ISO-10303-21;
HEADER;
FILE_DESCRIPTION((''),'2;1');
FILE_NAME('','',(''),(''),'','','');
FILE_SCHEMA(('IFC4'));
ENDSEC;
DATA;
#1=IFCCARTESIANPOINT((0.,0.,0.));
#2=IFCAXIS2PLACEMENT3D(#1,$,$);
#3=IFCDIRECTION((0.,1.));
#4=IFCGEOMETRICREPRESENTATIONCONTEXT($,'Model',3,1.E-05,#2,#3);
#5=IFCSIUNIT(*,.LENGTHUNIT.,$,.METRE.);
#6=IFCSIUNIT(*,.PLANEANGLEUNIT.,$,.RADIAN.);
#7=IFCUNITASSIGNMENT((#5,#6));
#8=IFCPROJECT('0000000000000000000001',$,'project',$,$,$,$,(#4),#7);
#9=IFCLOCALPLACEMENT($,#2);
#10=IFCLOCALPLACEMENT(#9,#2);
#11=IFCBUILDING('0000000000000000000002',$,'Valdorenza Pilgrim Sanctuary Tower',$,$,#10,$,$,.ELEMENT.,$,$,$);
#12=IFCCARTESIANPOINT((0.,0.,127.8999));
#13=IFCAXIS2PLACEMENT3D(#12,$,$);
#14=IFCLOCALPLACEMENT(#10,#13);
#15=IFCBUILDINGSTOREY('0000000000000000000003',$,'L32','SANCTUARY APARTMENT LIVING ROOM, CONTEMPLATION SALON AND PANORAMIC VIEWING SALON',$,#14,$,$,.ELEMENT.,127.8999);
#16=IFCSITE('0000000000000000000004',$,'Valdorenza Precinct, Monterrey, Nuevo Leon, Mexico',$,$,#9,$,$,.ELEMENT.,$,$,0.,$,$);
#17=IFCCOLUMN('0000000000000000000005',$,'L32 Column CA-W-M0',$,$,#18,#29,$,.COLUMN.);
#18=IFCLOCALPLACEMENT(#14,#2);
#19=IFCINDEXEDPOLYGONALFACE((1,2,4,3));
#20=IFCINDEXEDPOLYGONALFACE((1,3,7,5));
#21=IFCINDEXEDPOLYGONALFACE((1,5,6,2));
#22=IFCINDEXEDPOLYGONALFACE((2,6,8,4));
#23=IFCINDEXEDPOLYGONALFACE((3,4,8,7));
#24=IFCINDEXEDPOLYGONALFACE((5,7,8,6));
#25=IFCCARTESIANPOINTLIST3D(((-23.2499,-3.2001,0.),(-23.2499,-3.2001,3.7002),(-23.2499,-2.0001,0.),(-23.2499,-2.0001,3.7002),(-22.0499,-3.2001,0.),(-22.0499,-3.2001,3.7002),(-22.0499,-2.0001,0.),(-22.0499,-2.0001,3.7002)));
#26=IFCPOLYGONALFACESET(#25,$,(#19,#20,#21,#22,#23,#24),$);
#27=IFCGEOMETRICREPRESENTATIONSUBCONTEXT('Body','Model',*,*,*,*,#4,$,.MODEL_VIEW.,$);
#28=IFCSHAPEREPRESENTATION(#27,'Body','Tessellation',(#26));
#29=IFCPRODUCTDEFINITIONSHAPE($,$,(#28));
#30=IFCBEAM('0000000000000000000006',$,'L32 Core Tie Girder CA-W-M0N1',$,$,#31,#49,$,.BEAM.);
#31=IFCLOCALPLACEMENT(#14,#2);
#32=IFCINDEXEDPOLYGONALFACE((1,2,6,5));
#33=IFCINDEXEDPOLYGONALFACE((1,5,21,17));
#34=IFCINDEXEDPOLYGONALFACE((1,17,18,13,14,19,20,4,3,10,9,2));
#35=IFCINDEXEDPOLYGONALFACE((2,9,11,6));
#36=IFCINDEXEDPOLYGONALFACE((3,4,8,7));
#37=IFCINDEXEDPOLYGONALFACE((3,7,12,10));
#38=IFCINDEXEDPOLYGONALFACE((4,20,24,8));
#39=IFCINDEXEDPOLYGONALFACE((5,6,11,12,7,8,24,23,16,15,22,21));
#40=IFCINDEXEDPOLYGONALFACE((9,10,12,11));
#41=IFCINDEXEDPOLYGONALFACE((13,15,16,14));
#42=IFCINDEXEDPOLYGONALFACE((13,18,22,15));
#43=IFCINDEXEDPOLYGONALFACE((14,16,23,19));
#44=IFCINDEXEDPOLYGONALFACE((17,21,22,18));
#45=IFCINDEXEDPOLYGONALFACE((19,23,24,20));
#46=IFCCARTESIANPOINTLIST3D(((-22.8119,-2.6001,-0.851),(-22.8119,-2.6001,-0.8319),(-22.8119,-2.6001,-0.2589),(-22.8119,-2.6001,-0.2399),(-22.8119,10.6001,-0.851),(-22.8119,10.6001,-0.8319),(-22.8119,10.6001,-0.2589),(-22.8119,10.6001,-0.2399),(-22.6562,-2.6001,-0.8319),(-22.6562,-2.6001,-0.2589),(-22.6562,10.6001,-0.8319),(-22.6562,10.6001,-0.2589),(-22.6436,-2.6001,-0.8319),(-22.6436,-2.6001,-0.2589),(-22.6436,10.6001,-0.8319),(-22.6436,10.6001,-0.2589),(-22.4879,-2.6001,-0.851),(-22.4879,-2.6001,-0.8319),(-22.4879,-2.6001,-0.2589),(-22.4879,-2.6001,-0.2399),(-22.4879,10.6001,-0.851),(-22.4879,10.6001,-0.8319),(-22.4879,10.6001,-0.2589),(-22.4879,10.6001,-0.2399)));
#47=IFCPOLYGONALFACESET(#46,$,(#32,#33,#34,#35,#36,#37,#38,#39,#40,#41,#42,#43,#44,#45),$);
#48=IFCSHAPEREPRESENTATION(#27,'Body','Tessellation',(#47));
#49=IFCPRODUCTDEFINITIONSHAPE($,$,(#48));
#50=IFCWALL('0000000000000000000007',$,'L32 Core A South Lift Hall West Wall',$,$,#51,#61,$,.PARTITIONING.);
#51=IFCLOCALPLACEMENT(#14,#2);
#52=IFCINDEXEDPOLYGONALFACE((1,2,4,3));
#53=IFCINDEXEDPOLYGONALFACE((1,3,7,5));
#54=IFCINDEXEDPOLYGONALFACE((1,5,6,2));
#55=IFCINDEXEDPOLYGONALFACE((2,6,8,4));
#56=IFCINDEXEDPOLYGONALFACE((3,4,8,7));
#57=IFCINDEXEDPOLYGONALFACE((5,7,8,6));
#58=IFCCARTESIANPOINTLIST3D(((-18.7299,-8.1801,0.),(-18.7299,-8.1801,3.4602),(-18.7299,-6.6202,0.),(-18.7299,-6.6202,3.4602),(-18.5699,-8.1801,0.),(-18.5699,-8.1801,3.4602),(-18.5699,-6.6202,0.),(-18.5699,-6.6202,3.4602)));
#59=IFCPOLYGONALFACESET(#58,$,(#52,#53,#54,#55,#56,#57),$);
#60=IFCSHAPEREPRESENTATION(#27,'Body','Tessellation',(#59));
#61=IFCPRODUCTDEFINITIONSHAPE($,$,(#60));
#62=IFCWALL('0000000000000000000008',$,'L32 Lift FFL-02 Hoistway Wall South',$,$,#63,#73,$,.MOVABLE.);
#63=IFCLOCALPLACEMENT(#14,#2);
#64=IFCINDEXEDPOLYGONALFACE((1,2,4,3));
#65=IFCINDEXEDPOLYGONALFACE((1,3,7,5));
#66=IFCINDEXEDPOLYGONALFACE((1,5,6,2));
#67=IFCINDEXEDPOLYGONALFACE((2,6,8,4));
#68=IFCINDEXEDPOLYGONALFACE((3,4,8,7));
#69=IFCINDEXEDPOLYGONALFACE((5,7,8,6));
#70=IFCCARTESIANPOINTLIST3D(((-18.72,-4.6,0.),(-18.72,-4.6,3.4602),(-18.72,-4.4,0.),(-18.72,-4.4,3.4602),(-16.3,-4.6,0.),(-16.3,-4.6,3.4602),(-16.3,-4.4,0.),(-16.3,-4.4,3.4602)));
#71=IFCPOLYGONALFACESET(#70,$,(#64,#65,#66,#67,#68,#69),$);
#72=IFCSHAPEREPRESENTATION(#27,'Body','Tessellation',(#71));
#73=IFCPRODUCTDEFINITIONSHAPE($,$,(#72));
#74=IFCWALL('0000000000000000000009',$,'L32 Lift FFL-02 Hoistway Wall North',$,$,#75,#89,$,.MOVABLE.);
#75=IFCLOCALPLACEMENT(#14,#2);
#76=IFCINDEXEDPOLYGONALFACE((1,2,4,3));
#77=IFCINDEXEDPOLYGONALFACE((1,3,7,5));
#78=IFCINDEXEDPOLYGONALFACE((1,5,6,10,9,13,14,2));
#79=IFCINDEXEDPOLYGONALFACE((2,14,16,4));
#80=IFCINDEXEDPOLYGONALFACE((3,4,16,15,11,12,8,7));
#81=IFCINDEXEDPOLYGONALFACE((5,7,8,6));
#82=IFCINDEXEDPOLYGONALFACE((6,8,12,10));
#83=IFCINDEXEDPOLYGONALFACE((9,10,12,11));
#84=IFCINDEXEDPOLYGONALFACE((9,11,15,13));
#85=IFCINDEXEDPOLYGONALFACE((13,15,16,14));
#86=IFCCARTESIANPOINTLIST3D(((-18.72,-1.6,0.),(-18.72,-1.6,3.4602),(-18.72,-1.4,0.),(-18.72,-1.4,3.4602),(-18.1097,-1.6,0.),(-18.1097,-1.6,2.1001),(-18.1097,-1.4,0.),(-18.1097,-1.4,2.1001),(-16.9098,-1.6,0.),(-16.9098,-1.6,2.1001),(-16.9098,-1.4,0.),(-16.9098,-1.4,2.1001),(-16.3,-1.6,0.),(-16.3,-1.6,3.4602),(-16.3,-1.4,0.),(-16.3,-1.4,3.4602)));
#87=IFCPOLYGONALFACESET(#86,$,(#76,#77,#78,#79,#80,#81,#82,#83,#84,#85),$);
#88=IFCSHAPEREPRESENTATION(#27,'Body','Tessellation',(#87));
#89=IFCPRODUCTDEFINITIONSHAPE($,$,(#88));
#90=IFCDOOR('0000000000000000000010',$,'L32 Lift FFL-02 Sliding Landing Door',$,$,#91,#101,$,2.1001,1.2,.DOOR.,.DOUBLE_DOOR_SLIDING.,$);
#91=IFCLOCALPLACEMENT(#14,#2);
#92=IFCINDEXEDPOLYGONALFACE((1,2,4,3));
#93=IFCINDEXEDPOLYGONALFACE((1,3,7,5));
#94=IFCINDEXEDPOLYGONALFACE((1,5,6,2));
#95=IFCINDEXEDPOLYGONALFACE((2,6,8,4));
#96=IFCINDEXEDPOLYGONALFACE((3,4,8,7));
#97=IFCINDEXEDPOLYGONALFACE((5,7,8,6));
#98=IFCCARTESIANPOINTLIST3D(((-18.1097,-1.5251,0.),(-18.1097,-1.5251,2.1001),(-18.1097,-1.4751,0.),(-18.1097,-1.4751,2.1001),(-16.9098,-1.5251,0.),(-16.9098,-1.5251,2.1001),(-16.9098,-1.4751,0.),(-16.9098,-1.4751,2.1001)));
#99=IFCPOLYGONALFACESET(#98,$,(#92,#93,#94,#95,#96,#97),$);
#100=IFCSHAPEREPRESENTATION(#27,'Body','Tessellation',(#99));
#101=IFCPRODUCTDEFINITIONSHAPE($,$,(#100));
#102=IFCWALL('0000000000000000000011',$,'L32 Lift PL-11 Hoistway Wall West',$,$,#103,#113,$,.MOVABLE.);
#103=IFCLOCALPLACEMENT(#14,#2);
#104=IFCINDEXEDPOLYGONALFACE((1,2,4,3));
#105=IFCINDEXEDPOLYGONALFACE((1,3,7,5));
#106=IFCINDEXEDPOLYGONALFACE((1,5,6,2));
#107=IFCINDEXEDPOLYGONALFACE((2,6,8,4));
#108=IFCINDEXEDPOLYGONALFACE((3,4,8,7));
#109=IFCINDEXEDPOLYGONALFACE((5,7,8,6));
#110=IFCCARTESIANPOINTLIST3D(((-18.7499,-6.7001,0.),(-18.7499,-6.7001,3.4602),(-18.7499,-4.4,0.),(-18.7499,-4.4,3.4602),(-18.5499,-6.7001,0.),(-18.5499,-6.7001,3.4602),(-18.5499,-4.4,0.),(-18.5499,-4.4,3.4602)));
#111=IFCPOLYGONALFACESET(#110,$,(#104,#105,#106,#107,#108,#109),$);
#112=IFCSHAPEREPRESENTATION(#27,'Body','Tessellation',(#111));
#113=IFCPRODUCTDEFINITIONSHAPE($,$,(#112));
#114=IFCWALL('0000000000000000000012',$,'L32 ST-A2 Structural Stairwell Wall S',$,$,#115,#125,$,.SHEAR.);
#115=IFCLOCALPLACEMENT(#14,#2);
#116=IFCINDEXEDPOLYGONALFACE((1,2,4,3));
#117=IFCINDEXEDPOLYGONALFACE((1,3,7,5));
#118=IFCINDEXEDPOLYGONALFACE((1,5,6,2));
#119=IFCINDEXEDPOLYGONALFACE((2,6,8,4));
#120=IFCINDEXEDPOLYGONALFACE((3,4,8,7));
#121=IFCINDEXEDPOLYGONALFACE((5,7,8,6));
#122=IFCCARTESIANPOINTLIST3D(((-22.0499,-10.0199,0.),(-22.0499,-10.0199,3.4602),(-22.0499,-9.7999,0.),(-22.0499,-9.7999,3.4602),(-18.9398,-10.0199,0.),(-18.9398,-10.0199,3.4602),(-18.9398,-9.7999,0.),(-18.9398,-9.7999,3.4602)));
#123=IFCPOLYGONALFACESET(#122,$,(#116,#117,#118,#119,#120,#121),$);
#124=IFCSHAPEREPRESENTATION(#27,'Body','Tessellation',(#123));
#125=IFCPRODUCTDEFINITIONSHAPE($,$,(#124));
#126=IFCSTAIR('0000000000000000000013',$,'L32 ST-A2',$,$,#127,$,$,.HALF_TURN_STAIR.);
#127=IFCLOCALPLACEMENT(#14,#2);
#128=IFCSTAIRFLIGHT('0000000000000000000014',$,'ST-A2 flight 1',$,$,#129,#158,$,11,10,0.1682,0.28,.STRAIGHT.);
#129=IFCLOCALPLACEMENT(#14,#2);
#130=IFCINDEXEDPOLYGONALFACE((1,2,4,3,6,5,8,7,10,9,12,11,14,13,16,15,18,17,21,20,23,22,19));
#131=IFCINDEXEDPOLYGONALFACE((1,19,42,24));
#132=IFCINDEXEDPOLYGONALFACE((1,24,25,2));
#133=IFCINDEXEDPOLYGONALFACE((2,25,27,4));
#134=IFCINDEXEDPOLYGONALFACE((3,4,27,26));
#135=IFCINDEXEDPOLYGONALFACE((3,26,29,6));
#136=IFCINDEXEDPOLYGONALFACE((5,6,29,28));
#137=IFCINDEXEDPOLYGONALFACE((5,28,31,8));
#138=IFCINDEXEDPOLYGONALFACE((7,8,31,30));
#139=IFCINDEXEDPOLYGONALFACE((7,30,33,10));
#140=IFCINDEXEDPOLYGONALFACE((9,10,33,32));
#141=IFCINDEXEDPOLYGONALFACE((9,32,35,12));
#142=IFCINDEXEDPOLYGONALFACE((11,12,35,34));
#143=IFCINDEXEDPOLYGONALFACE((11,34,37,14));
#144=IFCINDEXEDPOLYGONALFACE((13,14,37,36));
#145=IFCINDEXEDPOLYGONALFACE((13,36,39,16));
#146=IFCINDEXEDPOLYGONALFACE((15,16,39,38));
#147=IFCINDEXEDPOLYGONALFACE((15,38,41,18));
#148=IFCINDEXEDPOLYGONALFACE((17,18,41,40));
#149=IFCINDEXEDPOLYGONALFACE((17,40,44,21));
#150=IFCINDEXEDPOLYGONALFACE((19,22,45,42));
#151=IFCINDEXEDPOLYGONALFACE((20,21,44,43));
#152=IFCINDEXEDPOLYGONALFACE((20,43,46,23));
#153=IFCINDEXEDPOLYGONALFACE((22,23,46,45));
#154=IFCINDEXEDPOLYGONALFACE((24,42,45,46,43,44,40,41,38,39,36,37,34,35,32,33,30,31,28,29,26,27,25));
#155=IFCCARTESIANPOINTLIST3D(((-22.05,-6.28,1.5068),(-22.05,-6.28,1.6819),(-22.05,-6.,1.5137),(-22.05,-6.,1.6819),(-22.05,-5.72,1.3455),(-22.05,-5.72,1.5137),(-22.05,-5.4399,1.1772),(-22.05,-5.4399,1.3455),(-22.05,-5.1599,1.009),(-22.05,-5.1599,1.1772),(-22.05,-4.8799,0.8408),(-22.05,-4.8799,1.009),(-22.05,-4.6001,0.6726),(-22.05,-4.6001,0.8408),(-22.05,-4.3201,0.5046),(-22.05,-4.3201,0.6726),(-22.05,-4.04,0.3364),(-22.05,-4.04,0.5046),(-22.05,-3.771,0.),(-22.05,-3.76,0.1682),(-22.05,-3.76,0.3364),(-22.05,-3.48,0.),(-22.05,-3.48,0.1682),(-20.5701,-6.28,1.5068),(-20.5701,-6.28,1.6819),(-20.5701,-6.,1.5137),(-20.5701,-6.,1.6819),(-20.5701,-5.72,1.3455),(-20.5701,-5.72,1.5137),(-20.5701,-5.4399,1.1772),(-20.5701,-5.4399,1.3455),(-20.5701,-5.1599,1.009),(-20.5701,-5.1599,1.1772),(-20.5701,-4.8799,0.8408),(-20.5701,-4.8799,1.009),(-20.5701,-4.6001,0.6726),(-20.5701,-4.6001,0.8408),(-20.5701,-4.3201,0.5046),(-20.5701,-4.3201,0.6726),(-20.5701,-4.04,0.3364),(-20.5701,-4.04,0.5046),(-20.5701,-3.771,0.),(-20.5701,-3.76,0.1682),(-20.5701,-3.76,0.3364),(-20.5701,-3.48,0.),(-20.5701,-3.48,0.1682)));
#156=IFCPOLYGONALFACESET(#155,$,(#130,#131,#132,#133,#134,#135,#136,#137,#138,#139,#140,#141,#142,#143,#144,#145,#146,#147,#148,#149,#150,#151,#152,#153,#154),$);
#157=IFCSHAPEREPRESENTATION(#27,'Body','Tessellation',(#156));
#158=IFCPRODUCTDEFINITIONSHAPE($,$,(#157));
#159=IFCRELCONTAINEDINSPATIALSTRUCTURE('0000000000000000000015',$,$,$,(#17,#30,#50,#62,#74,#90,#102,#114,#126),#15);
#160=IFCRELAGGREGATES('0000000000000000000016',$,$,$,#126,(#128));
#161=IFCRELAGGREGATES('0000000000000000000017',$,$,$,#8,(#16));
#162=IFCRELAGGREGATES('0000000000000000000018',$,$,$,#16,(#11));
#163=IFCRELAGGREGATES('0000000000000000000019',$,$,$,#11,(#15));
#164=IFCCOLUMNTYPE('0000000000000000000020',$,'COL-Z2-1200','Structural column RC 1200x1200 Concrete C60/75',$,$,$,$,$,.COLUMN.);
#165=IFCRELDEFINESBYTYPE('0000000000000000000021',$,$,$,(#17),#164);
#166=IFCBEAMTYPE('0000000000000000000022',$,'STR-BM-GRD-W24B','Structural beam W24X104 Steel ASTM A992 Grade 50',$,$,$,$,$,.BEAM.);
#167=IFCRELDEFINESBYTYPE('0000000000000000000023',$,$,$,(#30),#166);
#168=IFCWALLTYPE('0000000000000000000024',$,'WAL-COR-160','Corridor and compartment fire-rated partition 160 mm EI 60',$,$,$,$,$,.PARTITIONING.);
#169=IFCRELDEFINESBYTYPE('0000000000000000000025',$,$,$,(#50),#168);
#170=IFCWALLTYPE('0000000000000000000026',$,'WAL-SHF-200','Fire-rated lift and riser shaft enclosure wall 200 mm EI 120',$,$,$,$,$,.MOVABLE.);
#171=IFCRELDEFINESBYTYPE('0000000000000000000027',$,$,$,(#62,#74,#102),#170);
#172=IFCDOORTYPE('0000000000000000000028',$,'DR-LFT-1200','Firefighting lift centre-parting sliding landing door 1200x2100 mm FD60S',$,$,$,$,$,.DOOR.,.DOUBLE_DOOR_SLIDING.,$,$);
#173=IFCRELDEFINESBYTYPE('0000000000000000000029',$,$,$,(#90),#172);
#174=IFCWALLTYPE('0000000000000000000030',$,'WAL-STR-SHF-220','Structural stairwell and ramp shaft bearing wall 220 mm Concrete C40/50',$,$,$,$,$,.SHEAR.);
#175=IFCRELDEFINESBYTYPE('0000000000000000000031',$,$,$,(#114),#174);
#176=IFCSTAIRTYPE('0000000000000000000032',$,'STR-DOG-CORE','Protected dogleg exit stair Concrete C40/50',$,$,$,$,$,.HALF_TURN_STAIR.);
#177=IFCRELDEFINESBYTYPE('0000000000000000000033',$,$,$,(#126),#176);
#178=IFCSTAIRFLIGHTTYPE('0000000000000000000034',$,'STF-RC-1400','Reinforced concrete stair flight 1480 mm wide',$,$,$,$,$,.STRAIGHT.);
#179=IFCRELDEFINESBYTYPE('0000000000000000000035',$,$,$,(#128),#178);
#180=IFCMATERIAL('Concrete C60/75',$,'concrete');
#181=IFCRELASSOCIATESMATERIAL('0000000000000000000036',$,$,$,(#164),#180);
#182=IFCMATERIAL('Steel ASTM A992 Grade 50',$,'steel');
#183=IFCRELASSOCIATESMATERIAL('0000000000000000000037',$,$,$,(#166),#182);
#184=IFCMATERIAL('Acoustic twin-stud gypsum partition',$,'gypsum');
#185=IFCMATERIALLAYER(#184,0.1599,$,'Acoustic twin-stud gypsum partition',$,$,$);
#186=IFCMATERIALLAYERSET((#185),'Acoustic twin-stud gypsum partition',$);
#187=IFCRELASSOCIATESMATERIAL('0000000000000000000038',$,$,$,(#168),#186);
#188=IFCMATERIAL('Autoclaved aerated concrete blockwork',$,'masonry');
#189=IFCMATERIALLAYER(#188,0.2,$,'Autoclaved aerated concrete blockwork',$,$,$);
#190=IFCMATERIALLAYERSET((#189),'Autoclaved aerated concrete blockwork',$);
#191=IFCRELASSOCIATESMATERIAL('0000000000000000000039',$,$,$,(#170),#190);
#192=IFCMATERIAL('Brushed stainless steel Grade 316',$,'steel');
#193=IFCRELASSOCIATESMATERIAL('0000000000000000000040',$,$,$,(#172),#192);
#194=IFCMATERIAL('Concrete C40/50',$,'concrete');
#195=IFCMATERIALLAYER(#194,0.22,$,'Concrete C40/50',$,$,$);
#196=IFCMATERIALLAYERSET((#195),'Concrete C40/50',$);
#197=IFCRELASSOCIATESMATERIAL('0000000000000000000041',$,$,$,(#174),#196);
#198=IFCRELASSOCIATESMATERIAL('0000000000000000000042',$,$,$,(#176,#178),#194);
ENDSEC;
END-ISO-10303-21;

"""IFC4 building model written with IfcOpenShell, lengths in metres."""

from ifc_helpers import new_model, si_unit, direction, frame, frame_2d, origin, origin_2d, place, context, subcontext, project, spatial, polyline, rectangle, i_section, outline, extrude, source, transform, mapped, material, layer, layer_set, material_profile, profile_set, type_object, element, fill, aggregate, save


model = new_model("IFC4")

# Units and contexts
model_context = context("Model", 3, precision=1e-05, world=origin(), true_north=direction((0.0, 1.0)))
body_context = subcontext(model_context, "Body", "Model", "MODEL_VIEW")
ifc_project = project(units=[si_unit("LENGTHUNIT", "METRE"), si_unit("PLANEANGLEUNIT", "RADIAN")], contexts=[model_context])

# Site, building, storey
site_placement = place(None, origin())
site = spatial("IfcSite", under=ifc_project, at=site_placement, Name="Valdorenza Precinct, Monterrey, Nuevo Leon, Mexico", CompositionType="ELEMENT", RefElevation=0.0)
building_placement = place(site_placement, origin())
building = spatial("IfcBuilding", under=site, at=building_placement, Name="Valdorenza Pilgrim Sanctuary Tower", CompositionType="ELEMENT")
storey_placement = place(building_placement, frame((0.0, 0.0, 127.8999)))
storey = spatial("IfcBuildingStorey", under=building, at=storey_placement, Name="L32", Description="SANCTUARY APARTMENT LIVING ROOM, CONTEMPLATION SALON AND PANORAMIC VIEWING SALON", CompositionType="ELEMENT", Elevation=127.8999)

# Column
ifc_material_1 = material(Name="Concrete C60/75", Category="concrete")
ifc_material_profile_1 = material_profile(ifc_material_1, rectangle(XDim=1.2, YDim=1.2, at=origin_2d()), Name="RC 1200x1200")
ifc_profile_set_1 = profile_set([ifc_material_profile_1], Name="Concrete C60/75")
column_type = type_object("IfcColumnType", Name="COL-Z2-1200", Description="Structural column RC 1200x1200 Concrete C60/75", PredefinedType="COLUMN", material=ifc_profile_set_1)
shared_shape_1 = source(origin(), body_context, "Body", "SweptSolid", [
    extrude(rectangle(XDim=1.2, YDim=1.2, at=origin_2d()), origin(), (0.0, 0.0, 1.0), 3.7002),
])
column_placement = place(storey_placement, frame((-22.6499, -2.6001, 0.0), z_axis=(0.0, 0.0, 1.0), x_axis=(1.0, 0.0, 0.0)))
element("IfcColumn", 1, at=column_placement, inside=storey, type_object=column_type, Name="L32 Column CA-W-M0", PredefinedType="COLUMN", context=body_context, shape_type="MappedRepresentation", body=[
    mapped(shared_shape_1, transform((0.0, 0.0, 0.0), x_axis=(1.0, 0.0, 0.0), y_axis=(0.0, 1.0, 0.0), z_axis=(0.0, 0.0, 1.0), scale=1.0)),
])

# Beam
ifc_material_2 = material(Name="Steel ASTM A992 Grade 50", Category="steel")
ifc_material_profile_2 = material_profile(ifc_material_2, i_section(OverallWidth=0.324, OverallDepth=0.6111, WebThickness=0.0127, FlangeThickness=0.019, at=origin_2d()), Name="W24X104")
ifc_profile_set_2 = profile_set([ifc_material_profile_2], Name="Steel ASTM A992 Grade 50")
beam_type = type_object("IfcBeamType", Name="STR-BM-GRD-W24B", Description="Structural beam W24X104 Steel ASTM A992 Grade 50", PredefinedType="BEAM", material=ifc_profile_set_2)
shared_shape_2 = source(origin(), body_context, "Body", "SweptSolid", [
    extrude(i_section(OverallWidth=0.324, OverallDepth=0.6111, WebThickness=0.0127, FlangeThickness=0.019, at=origin_2d()), origin(), (0.0, 0.0, 1.0), 13.2002),
])
beam_placement = place(storey_placement, frame((-22.6499, -2.6001, -0.5454), z_axis=(0.0, 1.0, 0.0), x_axis=(-1.0, 0.0, 0.0)))
element("IfcBeam", 2, at=beam_placement, inside=storey, type_object=beam_type, Name="L32 Core Tie Girder CA-W-M0N1", PredefinedType="BEAM", context=body_context, shape_type="MappedRepresentation", body=[
    mapped(shared_shape_2, transform((0.0, 0.0, 0.0), x_axis=(1.0, 0.0, 0.0), y_axis=(0.0, 1.0, 0.0), z_axis=(0.0, 0.0, 1.0), scale=1.0)),
])

# Walls
ifc_material_3 = material(Name="Acoustic twin-stud gypsum partition", Category="gypsum")
ifc_layer_1 = layer(ifc_material_3, 0.1599, Name="Acoustic twin-stud gypsum partition")
ifc_layer_set_1 = layer_set([ifc_layer_1], Name="Acoustic twin-stud gypsum partition")
wall_type_1 = type_object("IfcWallType", Name="WAL-COR-160", Description="Corridor and compartment fire-rated partition 160 mm EI 60", PredefinedType="PARTITIONING", material=ifc_layer_set_1)
wall_1_placement = place(storey_placement, frame((-18.6499, -8.1799, 0.0), z_axis=(0.0, 0.0, 1.0), x_axis=(0.0, 1.0, 0.0)))
element("IfcWall", 3, at=wall_1_placement, inside=storey, type_object=wall_type_1, Name="L32 Core A South Lift Hall West Wall", PredefinedType="PARTITIONING", context=body_context, shape_type="SweptSolid", body=[
    extrude(rectangle(XDim=1.5598, YDim=0.1599, at=frame_2d((0.7798, 0.0))), origin(), (0.0, 0.0, 1.0), 3.4602),
])
ifc_material_4 = material(Name="Autoclaved aerated concrete blockwork", Category="masonry")
ifc_layer_2 = layer(ifc_material_4, 0.2, Name="Autoclaved aerated concrete blockwork")
ifc_layer_set_2 = layer_set([ifc_layer_2], Name="Autoclaved aerated concrete blockwork")
wall_type_2 = type_object("IfcWallType", Name="WAL-SHF-200", Description="Fire-rated lift and riser shaft enclosure wall 200 mm EI 120", PredefinedType="MOVABLE", material=ifc_layer_set_2)
wall_2_placement = place(storey_placement, frame((-18.72, -4.5, 0.0), z_axis=(0.0, 0.0, 1.0), x_axis=(1.0, 0.0, 0.0)))
element("IfcWall", 4, at=wall_2_placement, inside=storey, type_object=wall_type_2, Name="L32 Lift FFL-02 Hoistway Wall South", PredefinedType="MOVABLE", context=body_context, shape_type="SweptSolid", body=[
    extrude(rectangle(XDim=2.4199, YDim=0.2, at=frame_2d((1.21, 0.0))), origin(), (0.0, 0.0, 1.0), 3.4602),
])

# Wall, opening, door
wall_3_placement = place(storey_placement, frame((-18.72, -1.5, 0.0), z_axis=(0.0, 0.0, 1.0), x_axis=(1.0, 0.0, 0.0)))
wall_3 = element("IfcWall", 5, at=wall_3_placement, inside=storey, type_object=wall_type_2, Name="L32 Lift FFL-02 Hoistway Wall North", PredefinedType="MOVABLE", context=body_context, shape_type="SweptSolid", body=[
    extrude(rectangle(XDim=2.4199, YDim=0.2, at=frame_2d((1.21, 0.0))), origin(), (0.0, 0.0, 1.0), 3.4602),
])
opening_1_placement = place(wall_3_placement, frame((0.6101, 0.0, 0.0)))
opening_1 = element("IfcOpeningElement", 6, at=opening_1_placement, cuts=wall_3, PredefinedType="OPENING", context=body_context, shape_type="SweptSolid", body=[
    extrude(rectangle(XDim=1.2, YDim=2.1001, at=frame_2d((0.6001, 1.05))), frame((0.0, 0.1147, 0.0), z_axis=(0.0, -1.0, 0.0), x_axis=(1.0, 0.0, 0.0)), (0.0, 0.0, 1.0), 0.2297),
])
ifc_material_5 = material(Name="Brushed stainless steel Grade 316", Category="steel")
door_type_1 = type_object("IfcDoorType", Name="DR-LFT-1200", Description="Firefighting lift centre-parting sliding landing door 1200x2100 mm FD60S", OperationType="DOUBLE_DOOR_SLIDING", PredefinedType="DOOR", material=ifc_material_5)
door_1_placement = place(opening_1_placement, origin())
door_1 = element("IfcDoor", 7, at=door_1_placement, inside=storey, type_object=door_type_1, Name="L32 Lift FFL-02 Sliding Landing Door", OperationType="DOUBLE_DOOR_SLIDING", OverallHeight=2.1001, OverallWidth=1.2, PredefinedType="DOOR", context=body_context, shape_type="SweptSolid", body=[
    extrude(rectangle(XDim=1.2, YDim=2.1001, at=frame_2d((0.6001, 1.05))), frame((0.0, 0.0249, 0.0), z_axis=(0.0, -1.0, 0.0), x_axis=(1.0, 0.0, 0.0)), (0.0, 0.0, 1.0), 0.05),
])
fill(opening_1, door_1)

# Walls
wall_4_placement = place(storey_placement, frame((-18.6499, -6.7, 0.0), z_axis=(0.0, 0.0, 1.0), x_axis=(0.0, 1.0, 0.0)))
element("IfcWall", 8, at=wall_4_placement, inside=storey, type_object=wall_type_2, Name="L32 Lift PL-11 Hoistway Wall West", PredefinedType="MOVABLE", context=body_context, shape_type="SweptSolid", body=[
    extrude(rectangle(XDim=2.3, YDim=0.2, at=frame_2d((1.1499, 0.0))), origin(), (0.0, 0.0, 1.0), 3.4602),
])
ifc_material_6 = material(Name="Concrete C40/50", Category="concrete")
ifc_layer_3 = layer(ifc_material_6, 0.22, Name="Concrete C40/50")
ifc_layer_set_3 = layer_set([ifc_layer_3], Name="Concrete C40/50")
wall_type_3 = type_object("IfcWallType", Name="WAL-STR-SHF-220", Description="Structural stairwell and ramp shaft bearing wall 220 mm Concrete C40/50", PredefinedType="SHEAR", material=ifc_layer_set_3)
wall_5_placement = place(storey_placement, frame((-22.05, -9.9099, 0.0), z_axis=(0.0, 0.0, 1.0), x_axis=(1.0, 0.0, 0.0)))
element("IfcWall", 9, at=wall_5_placement, inside=storey, type_object=wall_type_3, Name="L32 ST-A2 Structural Stairwell Wall S", PredefinedType="SHEAR", context=body_context, shape_type="SweptSolid", body=[
    extrude(rectangle(XDim=3.1101, YDim=0.22, at=frame_2d((1.5552, 0.0))), origin(), (0.0, 0.0, 1.0), 3.4602),
])

# Stair, stair flight
stair_type = type_object("IfcStairType", Name="STR-DOG-CORE", Description="Protected dogleg exit stair Concrete C40/50", PredefinedType="HALF_TURN_STAIR", material=ifc_material_6)
stair_placement = place(storey_placement, origin())
stair = element("IfcStair", 10, at=stair_placement, inside=storey, type_object=stair_type, Name="L32 ST-A2", PredefinedType="HALF_TURN_STAIR")
stair_flight_type = type_object("IfcStairFlightType", Name="STF-RC-1400", Description="Reinforced concrete stair flight 1480 mm wide", PredefinedType="STRAIGHT", material=ifc_material_6)
stair_flight_1_placement = place(storey_placement, frame((-21.3101, -3.48, 0.0), z_axis=(0.0, 0.0, 1.0), x_axis=(0.0, -1.0, 0.0)))
stair_flight_1 = element("IfcStairFlight", 11, at=stair_flight_1_placement, type_object=stair_flight_type, Name="ST-A2 flight 1", NumberOfRisers=11, NumberOfTreads=10, PredefinedType="STRAIGHT", RiserHeight=0.1682, TreadLength=0.28, context=body_context, shape_type="SweptSolid", body=[
    extrude(outline(polyline([(0.0, 0.0), (0.0, 0.1682), (0.28, 0.1682), (0.28, 0.3364), (0.5601, 0.3364), (0.5601, 0.5046), (0.8401, 0.5046), (0.8401, 0.6726), (1.1201, 0.6726), (1.1201, 0.8408), (1.3999, 0.8408), (1.3999, 1.009), (1.6799, 1.009), (1.6799, 1.1772), (1.96, 1.1772), (1.96, 1.3455), (2.24, 1.3455), (2.24, 1.5137), (2.52, 1.5137), (2.52, 1.6819), (2.8, 1.6819), (2.8, 1.8501), (2.8, 1.5068), (0.291, 0.0), (0.0, 0.0)])), frame((0.0, 0.74, 0.0), z_axis=(0.0, -1.0, 0.0), x_axis=(1.0, 0.0, 0.0)), (0.0, 0.0, 1.0), 1.48),
])
aggregate(stair, [stair_flight_1])

save(model, "model.ifc")
